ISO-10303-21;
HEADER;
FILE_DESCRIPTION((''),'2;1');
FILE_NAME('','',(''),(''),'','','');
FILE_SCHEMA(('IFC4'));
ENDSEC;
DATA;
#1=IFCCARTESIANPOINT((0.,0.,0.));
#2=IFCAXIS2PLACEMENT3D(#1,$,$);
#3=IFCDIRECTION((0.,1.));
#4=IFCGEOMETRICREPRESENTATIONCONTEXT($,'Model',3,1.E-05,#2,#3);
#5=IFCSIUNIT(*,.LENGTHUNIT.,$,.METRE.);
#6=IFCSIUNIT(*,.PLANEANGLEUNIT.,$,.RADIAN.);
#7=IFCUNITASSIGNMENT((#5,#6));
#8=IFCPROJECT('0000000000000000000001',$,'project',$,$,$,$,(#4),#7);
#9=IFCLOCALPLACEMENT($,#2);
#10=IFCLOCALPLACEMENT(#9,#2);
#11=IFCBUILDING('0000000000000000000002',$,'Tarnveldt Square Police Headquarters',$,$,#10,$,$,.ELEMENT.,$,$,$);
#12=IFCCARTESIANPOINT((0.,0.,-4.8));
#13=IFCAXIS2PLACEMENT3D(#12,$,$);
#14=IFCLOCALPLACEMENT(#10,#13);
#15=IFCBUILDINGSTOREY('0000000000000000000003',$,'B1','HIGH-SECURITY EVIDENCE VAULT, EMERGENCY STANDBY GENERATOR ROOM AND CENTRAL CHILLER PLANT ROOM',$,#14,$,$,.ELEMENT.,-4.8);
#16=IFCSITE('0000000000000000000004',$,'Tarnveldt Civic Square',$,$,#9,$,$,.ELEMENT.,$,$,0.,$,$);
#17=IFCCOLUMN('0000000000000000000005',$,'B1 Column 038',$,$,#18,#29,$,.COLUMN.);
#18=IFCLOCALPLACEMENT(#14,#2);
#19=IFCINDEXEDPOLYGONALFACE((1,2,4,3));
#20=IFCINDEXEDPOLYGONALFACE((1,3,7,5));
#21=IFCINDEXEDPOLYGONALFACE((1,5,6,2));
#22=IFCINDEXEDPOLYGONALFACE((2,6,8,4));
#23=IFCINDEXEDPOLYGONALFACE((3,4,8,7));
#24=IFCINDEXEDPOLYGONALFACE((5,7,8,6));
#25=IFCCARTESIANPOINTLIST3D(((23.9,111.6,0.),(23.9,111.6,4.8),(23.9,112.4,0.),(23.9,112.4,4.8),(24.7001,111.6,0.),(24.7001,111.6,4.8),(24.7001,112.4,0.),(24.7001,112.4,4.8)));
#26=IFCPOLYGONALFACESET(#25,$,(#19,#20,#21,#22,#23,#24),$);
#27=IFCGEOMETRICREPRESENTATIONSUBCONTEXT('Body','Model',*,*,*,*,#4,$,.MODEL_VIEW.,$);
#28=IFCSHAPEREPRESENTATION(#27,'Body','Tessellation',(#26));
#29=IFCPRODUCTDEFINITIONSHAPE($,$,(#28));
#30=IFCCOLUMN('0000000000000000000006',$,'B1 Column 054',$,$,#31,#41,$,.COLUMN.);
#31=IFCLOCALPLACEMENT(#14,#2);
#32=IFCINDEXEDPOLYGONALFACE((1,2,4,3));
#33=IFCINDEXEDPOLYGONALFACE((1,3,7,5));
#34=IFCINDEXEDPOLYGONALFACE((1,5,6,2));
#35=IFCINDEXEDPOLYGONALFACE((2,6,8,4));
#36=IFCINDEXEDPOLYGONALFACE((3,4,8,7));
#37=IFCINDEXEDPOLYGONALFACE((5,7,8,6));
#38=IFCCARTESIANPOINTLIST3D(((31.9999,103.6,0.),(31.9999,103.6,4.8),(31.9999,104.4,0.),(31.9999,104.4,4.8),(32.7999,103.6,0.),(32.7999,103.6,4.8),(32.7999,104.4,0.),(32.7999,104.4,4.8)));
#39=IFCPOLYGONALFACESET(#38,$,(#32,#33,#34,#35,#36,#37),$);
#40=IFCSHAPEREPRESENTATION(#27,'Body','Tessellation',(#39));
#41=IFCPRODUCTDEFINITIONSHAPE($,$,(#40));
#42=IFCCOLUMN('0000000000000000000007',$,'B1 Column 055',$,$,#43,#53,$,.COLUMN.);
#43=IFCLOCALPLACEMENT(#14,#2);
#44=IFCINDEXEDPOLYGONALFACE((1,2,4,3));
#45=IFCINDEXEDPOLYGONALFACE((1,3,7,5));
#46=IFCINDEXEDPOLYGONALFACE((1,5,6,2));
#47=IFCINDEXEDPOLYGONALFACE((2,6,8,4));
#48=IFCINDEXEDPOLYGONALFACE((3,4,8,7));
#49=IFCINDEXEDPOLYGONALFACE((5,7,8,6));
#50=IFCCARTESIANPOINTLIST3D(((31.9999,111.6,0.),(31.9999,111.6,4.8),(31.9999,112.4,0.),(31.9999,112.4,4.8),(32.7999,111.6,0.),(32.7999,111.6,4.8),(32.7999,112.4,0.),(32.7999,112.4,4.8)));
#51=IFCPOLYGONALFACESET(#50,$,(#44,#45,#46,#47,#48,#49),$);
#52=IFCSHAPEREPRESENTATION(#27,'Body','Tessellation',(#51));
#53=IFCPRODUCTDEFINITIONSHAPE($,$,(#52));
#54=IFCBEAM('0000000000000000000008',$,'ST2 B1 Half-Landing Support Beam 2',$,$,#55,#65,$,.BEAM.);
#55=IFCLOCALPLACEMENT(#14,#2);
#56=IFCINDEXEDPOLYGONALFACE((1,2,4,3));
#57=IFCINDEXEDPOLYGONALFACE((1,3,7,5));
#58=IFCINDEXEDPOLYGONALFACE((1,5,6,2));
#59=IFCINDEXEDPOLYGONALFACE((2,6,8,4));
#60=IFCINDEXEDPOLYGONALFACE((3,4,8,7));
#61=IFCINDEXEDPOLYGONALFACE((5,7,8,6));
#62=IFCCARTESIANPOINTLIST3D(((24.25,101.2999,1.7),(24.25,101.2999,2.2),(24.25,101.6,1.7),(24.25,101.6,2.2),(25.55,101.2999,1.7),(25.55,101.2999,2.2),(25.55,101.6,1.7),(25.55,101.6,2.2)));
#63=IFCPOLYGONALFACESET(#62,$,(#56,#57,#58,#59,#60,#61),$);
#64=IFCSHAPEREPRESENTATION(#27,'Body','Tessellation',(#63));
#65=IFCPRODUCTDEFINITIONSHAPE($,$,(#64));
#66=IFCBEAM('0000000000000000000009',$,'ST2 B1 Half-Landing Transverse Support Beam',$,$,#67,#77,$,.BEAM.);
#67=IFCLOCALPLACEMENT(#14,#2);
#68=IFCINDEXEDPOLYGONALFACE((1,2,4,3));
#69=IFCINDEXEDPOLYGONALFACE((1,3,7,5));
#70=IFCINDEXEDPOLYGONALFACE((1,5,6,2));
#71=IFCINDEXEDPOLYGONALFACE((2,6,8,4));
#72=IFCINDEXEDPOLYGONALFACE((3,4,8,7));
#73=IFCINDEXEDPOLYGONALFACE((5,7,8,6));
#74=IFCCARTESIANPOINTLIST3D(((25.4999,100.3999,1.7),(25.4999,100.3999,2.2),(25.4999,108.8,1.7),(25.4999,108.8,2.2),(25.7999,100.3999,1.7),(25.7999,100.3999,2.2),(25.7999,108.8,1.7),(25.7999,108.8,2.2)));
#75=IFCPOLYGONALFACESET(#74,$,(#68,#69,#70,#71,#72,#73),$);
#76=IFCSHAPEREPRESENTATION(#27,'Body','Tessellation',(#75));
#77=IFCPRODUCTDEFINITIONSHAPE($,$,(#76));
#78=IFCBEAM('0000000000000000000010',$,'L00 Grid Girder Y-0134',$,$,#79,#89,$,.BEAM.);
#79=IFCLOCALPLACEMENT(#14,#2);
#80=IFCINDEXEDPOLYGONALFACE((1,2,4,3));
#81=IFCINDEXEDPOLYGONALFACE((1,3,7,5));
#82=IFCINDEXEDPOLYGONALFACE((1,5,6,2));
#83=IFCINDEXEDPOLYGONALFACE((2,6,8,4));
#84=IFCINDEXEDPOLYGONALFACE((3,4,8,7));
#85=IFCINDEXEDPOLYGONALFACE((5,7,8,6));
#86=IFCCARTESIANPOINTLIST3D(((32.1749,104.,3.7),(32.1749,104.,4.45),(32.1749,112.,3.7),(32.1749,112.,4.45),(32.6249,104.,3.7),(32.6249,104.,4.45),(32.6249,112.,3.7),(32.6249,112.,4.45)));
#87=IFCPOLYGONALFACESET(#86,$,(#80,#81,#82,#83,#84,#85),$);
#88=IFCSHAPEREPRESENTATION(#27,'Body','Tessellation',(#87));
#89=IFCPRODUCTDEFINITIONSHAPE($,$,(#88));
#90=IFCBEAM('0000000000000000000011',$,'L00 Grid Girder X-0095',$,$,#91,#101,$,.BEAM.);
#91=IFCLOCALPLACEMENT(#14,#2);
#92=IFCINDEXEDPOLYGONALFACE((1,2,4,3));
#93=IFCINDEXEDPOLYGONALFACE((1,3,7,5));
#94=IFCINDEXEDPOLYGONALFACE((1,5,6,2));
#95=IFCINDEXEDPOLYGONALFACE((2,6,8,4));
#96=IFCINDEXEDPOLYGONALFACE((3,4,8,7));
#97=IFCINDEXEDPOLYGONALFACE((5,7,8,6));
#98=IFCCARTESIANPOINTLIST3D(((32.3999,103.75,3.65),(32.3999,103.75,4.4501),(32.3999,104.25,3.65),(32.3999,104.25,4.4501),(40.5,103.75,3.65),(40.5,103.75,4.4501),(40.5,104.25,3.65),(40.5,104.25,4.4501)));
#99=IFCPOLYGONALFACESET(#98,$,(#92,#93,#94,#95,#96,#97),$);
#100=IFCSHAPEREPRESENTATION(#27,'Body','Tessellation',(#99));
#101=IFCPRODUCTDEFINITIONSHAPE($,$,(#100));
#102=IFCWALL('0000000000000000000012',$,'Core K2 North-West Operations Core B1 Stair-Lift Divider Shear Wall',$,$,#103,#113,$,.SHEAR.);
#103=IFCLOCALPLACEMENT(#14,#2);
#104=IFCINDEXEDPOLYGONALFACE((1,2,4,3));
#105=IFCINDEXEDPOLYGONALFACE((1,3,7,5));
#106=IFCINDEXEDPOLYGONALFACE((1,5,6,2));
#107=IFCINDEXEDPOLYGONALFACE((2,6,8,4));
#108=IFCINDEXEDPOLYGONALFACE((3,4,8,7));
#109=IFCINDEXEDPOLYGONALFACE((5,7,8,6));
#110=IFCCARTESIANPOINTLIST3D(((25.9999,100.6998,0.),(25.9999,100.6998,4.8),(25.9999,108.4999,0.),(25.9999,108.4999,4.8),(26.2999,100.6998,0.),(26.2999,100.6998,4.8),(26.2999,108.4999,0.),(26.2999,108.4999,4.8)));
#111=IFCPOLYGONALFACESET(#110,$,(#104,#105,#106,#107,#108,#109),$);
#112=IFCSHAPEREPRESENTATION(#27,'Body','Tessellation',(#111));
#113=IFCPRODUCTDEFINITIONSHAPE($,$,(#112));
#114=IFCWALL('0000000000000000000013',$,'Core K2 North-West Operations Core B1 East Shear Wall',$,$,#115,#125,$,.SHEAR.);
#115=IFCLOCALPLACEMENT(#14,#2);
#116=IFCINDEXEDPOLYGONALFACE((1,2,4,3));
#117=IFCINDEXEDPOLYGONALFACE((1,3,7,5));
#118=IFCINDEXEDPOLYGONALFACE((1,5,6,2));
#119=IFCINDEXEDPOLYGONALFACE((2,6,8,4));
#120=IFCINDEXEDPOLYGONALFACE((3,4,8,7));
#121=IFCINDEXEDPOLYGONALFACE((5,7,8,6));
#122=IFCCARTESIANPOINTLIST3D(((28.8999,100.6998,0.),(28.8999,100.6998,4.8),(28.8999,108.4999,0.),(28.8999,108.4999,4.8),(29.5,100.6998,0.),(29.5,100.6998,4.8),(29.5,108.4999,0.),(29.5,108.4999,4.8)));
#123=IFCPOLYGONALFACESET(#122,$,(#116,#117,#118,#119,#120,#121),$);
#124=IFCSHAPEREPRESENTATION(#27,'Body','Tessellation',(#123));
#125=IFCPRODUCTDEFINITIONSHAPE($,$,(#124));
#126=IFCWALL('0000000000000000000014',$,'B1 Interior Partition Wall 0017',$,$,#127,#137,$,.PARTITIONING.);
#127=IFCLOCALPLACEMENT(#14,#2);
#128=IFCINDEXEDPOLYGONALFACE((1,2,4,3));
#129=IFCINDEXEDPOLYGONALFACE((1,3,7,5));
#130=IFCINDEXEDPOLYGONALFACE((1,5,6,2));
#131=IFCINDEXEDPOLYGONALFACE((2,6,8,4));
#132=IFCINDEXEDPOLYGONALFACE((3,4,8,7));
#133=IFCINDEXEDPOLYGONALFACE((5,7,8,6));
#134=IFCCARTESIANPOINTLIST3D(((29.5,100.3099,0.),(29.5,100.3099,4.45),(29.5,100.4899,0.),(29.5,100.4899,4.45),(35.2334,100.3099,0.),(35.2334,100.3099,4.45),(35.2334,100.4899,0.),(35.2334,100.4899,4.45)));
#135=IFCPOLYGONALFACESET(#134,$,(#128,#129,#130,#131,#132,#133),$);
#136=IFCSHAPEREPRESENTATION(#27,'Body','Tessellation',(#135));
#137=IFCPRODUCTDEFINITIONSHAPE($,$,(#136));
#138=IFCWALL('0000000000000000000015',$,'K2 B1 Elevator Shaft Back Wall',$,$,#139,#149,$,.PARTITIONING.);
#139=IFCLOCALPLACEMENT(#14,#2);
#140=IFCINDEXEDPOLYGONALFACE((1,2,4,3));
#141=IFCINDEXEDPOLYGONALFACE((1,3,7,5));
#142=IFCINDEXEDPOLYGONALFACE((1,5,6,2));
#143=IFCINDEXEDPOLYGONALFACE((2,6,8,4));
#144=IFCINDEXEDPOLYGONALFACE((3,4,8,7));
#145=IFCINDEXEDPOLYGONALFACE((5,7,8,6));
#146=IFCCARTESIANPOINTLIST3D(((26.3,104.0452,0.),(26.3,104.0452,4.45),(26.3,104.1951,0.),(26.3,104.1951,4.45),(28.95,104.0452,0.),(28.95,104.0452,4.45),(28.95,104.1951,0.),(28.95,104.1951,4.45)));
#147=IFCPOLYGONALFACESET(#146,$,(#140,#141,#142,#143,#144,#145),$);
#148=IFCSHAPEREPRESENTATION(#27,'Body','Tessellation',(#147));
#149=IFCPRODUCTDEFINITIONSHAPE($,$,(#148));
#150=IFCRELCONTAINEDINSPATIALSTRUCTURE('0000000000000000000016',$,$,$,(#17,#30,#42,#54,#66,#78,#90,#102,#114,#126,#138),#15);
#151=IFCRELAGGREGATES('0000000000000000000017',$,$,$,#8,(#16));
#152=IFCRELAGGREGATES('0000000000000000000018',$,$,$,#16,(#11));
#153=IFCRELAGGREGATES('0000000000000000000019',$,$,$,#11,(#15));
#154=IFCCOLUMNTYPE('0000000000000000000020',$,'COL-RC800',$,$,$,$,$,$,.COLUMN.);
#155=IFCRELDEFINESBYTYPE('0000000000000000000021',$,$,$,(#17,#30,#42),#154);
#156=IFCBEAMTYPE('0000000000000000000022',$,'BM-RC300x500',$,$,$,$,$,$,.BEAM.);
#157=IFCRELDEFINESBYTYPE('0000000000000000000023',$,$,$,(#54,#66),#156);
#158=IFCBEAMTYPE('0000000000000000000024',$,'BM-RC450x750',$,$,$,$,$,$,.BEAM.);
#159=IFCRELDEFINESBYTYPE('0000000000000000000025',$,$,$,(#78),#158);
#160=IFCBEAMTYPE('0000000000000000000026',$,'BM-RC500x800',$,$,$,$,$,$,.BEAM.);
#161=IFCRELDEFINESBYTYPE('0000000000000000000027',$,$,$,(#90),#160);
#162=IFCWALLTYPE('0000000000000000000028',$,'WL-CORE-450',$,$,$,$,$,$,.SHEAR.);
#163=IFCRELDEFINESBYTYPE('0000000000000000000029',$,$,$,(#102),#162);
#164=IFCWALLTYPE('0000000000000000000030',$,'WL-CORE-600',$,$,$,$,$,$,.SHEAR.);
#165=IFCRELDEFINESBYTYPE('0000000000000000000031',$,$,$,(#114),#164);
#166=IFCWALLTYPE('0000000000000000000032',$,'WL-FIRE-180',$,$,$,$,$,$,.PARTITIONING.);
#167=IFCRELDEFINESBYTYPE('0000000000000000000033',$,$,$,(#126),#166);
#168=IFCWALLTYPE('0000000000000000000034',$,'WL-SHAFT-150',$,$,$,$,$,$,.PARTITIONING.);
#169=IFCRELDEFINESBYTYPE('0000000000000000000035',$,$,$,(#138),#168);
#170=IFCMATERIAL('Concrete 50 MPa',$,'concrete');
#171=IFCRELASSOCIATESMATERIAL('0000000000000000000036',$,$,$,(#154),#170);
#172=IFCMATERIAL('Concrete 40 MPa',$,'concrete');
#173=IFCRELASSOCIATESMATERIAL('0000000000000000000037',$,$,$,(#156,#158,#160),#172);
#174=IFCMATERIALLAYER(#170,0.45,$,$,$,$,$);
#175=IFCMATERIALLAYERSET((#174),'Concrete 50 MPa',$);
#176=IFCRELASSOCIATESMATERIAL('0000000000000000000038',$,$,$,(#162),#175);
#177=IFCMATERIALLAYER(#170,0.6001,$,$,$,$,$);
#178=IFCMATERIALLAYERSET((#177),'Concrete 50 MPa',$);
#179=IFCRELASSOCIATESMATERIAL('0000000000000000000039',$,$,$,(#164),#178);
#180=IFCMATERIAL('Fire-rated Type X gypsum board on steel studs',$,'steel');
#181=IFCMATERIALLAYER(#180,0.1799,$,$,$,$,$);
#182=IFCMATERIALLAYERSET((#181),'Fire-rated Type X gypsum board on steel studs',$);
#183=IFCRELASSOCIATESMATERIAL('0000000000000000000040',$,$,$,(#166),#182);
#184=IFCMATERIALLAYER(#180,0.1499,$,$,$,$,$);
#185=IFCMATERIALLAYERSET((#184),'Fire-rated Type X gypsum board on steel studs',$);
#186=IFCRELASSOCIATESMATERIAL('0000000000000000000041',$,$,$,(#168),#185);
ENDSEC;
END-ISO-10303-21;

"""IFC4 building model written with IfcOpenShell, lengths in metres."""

from ifc_helpers import new_model, si_unit, direction, frame, frame_2d, origin, origin_2d, place, context, subcontext, project, spatial, rectangle, extrude, material, layer, layer_set, material_profile, profile_set, type_object, element, save


model = new_model("IFC4")

# Units and contexts
model_context = context("Model", 3, precision=1e-05, world=origin(), true_north=direction((0.0, 1.0)))
body_context = subcontext(model_context, "Body", "Model", "MODEL_VIEW")
ifc_project = project(units=[si_unit("LENGTHUNIT", "METRE"), si_unit("PLANEANGLEUNIT", "RADIAN")], contexts=[model_context])

# Site, building, storey
site_placement = place(None, origin())
site = spatial("IfcSite", under=ifc_project, at=site_placement, Name="Tarnveldt Civic Square", CompositionType="ELEMENT", RefElevation=0.0)
building_placement = place(site_placement, origin())
building = spatial("IfcBuilding", under=site, at=building_placement, Name="Tarnveldt Square Police Headquarters", CompositionType="ELEMENT")
storey_placement = place(building_placement, frame((0.0, 0.0, -4.8)))
storey = spatial("IfcBuildingStorey", under=building, at=storey_placement, Name="B1", Description="HIGH-SECURITY EVIDENCE VAULT, EMERGENCY STANDBY GENERATOR ROOM AND CENTRAL CHILLER PLANT ROOM", CompositionType="ELEMENT", Elevation=-4.8)

# Columns
ifc_material_1 = material(Name="Concrete 50 MPa", Category="concrete")
ifc_material_profile_1 = material_profile(ifc_material_1, rectangle(XDim=0.8, YDim=0.8, at=origin_2d()), Name="RC-C800x800")
ifc_profile_set_1 = profile_set([ifc_material_profile_1], Name="Concrete 50 MPa")
column_type = type_object("IfcColumnType", Name="COL-RC800", PredefinedType="COLUMN", material=ifc_profile_set_1)
for number, where, z_axis, x_axis, name in (
    (1, (24.3, 112.0, 0.0), (0.0, 0.0, 1.0), (1.0, 0.0, 0.0), "B1 Column 038"),
    (2, (32.3999, 104.0, 0.0), (0.0, 0.0, 1.0), (1.0, 0.0, 0.0), "B1 Column 054"),
    (3, (32.3999, 112.0, 0.0), (0.0, 0.0, 1.0), (1.0, 0.0, 0.0), "B1 Column 055"),
):
    element("IfcColumn", number, at=place(storey_placement, frame(where, z_axis=z_axis, x_axis=x_axis)), inside=storey, type_object=column_type, Name=name, PredefinedType="COLUMN", context=body_context, shape_type="SweptSolid", body=[
        extrude(rectangle(XDim=0.8, YDim=0.8, at=origin_2d()), origin(), (0.0, 0.0, 1.0), 4.8),
    ])

# Beams
ifc_material_2 = material(Name="Concrete 40 MPa", Category="concrete")
ifc_material_profile_2 = material_profile(ifc_material_2, rectangle(XDim=0.3, YDim=0.5, at=origin_2d()), Name="RC-B300x500")
ifc_profile_set_2 = profile_set([ifc_material_profile_2], Name="Concrete 40 MPa")
beam_type_1 = type_object("IfcBeamType", Name="BM-RC300x500", PredefinedType="BEAM", material=ifc_profile_set_2)
beam_1_placement = place(storey_placement, frame((24.25, 101.45, 1.95), z_axis=(1.0, 0.0, 0.0), x_axis=(0.0, 1.0, 0.0)))
element("IfcBeam", 4, at=beam_1_placement, inside=storey, type_object=beam_type_1, Name="ST2 B1 Half-Landing Support Beam 2", PredefinedType="BEAM", context=body_context, shape_type="SweptSolid", body=[
    extrude(rectangle(XDim=0.3, YDim=0.5, at=origin_2d()), origin(), (0.0, 0.0, 1.0), 1.3),
])
beam_2_placement = place(storey_placement, frame((25.6499, 100.3999, 1.95), z_axis=(0.0, 1.0, 0.0), x_axis=(-1.0, 0.0, 0.0)))
element("IfcBeam", 5, at=beam_2_placement, inside=storey, type_object=beam_type_1, Name="ST2 B1 Half-Landing Transverse Support Beam", PredefinedType="BEAM", context=body_context, shape_type="SweptSolid", body=[
    extrude(rectangle(XDim=0.3, YDim=0.5, at=origin_2d()), origin(), (0.0, 0.0, 1.0), 8.4001),
])
ifc_material_profile_3 = material_profile(ifc_material_2, rectangle(XDim=0.45, YDim=0.75, at=origin_2d()), Name="RC-B450x750")
ifc_profile_set_3 = profile_set([ifc_material_profile_3], Name="Concrete 40 MPa")
beam_type_2 = type_object("IfcBeamType", Name="BM-RC450x750", PredefinedType="BEAM", material=ifc_profile_set_3)
beam_3_placement = place(storey_placement, frame((32.3999, 104.0, 4.075), z_axis=(0.0, 1.0, 0.0), x_axis=(-1.0, 0.0, 0.0)))
element("IfcBeam", 6, at=beam_3_placement, inside=storey, type_object=beam_type_2, Name="L00 Grid Girder Y-0134", PredefinedType="BEAM", context=body_context, shape_type="SweptSolid", body=[
    extrude(rectangle(XDim=0.45, YDim=0.75, at=origin_2d()), origin(), (0.0, 0.0, 1.0), 8.0),
])
ifc_material_profile_4 = material_profile(ifc_material_2, rectangle(XDim=0.5, YDim=0.8, at=origin_2d()), Name="RC-B500x800")
ifc_profile_set_4 = profile_set([ifc_material_profile_4], Name="Concrete 40 MPa")
beam_type_3 = type_object("IfcBeamType", Name="BM-RC500x800", PredefinedType="BEAM", material=ifc_profile_set_4)
beam_4_placement = place(storey_placement, frame((32.3999, 104.0, 4.05), z_axis=(1.0, 0.0, 0.0), x_axis=(0.0, 1.0, 0.0)))
element("IfcBeam", 7, at=beam_4_placement, inside=storey, type_object=beam_type_3, Name="L00 Grid Girder X-0095", PredefinedType="BEAM", context=body_context, shape_type="SweptSolid", body=[
    extrude(rectangle(XDim=0.5, YDim=0.8, at=origin_2d()), origin(), (0.0, 0.0, 1.0), 8.1001),
])

# Walls
ifc_layer_1 = layer(ifc_material_1, 0.45)
ifc_layer_set_1 = layer_set([ifc_layer_1], Name="Concrete 50 MPa")
wall_type_1 = type_object("IfcWallType", Name="WL-CORE-450", PredefinedType="SHEAR", material=ifc_layer_set_1)
wall_1_placement = place(storey_placement, frame((26.1499, 100.7, 0.0), z_axis=(0.0, 0.0, 1.0), x_axis=(0.0, 1.0, 0.0)))
element("IfcWall", 8, at=wall_1_placement, inside=storey, type_object=wall_type_1, Name="Core K2 North-West Operations Core B1 Stair-Lift Divider Shear Wall", PredefinedType="SHEAR", context=body_context, shape_type="SweptSolid", body=[
    extrude(rectangle(XDim=7.8, YDim=0.3, at=frame_2d((3.8999, 0.0))), origin(), (0.0, 0.0, 1.0), 4.8),
])
ifc_layer_2 = layer(ifc_material_1, 0.6001)
ifc_layer_set_2 = layer_set([ifc_layer_2], Name="Concrete 50 MPa")
wall_type_2 = type_object("IfcWallType", Name="WL-CORE-600", PredefinedType="SHEAR", material=ifc_layer_set_2)
wall_2_placement = place(storey_placement, frame((29.2, 100.7, 0.0), z_axis=(0.0, 0.0, 1.0), x_axis=(0.0, 1.0, 0.0)))
element("IfcWall", 9, at=wall_2_placement, inside=storey, type_object=wall_type_2, Name="Core K2 North-West Operations Core B1 East Shear Wall", PredefinedType="SHEAR", context=body_context, shape_type="SweptSolid", body=[
    extrude(rectangle(XDim=7.8, YDim=0.6001, at=frame_2d((3.8999, 0.0))), origin(), (0.0, 0.0, 1.0), 4.8),
])
ifc_material_3 = material(Name="Fire-rated Type X gypsum board on steel studs", Category="steel")
ifc_layer_3 = layer(ifc_material_3, 0.1799)
ifc_layer_set_3 = layer_set([ifc_layer_3], Name="Fire-rated Type X gypsum board on steel studs")
wall_type_3 = type_object("IfcWallType", Name="WL-FIRE-180", PredefinedType="PARTITIONING", material=ifc_layer_set_3)
wall_3_placement = place(storey_placement, frame((29.5, 100.3999, 0.0), z_axis=(0.0, 0.0, 1.0), x_axis=(1.0, 0.0, 0.0)))
element("IfcWall", 10, at=wall_3_placement, inside=storey, type_object=wall_type_3, Name="B1 Interior Partition Wall 0017", PredefinedType="PARTITIONING", context=body_context, shape_type="SweptSolid", body=[
    extrude(rectangle(XDim=5.7334, YDim=0.1799, at=frame_2d((2.8667, 0.0))), origin(), (0.0, 0.0, 1.0), 4.45),
])
ifc_layer_4 = layer(ifc_material_3, 0.1499)
ifc_layer_set_4 = layer_set([ifc_layer_4], Name="Fire-rated Type X gypsum board on steel studs")
wall_type_4 = type_object("IfcWallType", Name="WL-SHAFT-150", PredefinedType="PARTITIONING", material=ifc_layer_set_4)
wall_4_placement = place(storey_placement, frame((26.3, 104.1201, 0.0), z_axis=(0.0, 0.0, 1.0), x_axis=(1.0, 0.0, 0.0)))
element("IfcWall", 11, at=wall_4_placement, inside=storey, type_object=wall_type_4, Name="K2 B1 Elevator Shaft Back Wall", PredefinedType="PARTITIONING", context=body_context, shape_type="SweptSolid", body=[
    extrude(rectangle(XDim=2.6499, YDim=0.1499, at=frame_2d((1.325, 0.0))), origin(), (0.0, 0.0, 1.0), 4.45),
])

save(model, "model.ifc")
